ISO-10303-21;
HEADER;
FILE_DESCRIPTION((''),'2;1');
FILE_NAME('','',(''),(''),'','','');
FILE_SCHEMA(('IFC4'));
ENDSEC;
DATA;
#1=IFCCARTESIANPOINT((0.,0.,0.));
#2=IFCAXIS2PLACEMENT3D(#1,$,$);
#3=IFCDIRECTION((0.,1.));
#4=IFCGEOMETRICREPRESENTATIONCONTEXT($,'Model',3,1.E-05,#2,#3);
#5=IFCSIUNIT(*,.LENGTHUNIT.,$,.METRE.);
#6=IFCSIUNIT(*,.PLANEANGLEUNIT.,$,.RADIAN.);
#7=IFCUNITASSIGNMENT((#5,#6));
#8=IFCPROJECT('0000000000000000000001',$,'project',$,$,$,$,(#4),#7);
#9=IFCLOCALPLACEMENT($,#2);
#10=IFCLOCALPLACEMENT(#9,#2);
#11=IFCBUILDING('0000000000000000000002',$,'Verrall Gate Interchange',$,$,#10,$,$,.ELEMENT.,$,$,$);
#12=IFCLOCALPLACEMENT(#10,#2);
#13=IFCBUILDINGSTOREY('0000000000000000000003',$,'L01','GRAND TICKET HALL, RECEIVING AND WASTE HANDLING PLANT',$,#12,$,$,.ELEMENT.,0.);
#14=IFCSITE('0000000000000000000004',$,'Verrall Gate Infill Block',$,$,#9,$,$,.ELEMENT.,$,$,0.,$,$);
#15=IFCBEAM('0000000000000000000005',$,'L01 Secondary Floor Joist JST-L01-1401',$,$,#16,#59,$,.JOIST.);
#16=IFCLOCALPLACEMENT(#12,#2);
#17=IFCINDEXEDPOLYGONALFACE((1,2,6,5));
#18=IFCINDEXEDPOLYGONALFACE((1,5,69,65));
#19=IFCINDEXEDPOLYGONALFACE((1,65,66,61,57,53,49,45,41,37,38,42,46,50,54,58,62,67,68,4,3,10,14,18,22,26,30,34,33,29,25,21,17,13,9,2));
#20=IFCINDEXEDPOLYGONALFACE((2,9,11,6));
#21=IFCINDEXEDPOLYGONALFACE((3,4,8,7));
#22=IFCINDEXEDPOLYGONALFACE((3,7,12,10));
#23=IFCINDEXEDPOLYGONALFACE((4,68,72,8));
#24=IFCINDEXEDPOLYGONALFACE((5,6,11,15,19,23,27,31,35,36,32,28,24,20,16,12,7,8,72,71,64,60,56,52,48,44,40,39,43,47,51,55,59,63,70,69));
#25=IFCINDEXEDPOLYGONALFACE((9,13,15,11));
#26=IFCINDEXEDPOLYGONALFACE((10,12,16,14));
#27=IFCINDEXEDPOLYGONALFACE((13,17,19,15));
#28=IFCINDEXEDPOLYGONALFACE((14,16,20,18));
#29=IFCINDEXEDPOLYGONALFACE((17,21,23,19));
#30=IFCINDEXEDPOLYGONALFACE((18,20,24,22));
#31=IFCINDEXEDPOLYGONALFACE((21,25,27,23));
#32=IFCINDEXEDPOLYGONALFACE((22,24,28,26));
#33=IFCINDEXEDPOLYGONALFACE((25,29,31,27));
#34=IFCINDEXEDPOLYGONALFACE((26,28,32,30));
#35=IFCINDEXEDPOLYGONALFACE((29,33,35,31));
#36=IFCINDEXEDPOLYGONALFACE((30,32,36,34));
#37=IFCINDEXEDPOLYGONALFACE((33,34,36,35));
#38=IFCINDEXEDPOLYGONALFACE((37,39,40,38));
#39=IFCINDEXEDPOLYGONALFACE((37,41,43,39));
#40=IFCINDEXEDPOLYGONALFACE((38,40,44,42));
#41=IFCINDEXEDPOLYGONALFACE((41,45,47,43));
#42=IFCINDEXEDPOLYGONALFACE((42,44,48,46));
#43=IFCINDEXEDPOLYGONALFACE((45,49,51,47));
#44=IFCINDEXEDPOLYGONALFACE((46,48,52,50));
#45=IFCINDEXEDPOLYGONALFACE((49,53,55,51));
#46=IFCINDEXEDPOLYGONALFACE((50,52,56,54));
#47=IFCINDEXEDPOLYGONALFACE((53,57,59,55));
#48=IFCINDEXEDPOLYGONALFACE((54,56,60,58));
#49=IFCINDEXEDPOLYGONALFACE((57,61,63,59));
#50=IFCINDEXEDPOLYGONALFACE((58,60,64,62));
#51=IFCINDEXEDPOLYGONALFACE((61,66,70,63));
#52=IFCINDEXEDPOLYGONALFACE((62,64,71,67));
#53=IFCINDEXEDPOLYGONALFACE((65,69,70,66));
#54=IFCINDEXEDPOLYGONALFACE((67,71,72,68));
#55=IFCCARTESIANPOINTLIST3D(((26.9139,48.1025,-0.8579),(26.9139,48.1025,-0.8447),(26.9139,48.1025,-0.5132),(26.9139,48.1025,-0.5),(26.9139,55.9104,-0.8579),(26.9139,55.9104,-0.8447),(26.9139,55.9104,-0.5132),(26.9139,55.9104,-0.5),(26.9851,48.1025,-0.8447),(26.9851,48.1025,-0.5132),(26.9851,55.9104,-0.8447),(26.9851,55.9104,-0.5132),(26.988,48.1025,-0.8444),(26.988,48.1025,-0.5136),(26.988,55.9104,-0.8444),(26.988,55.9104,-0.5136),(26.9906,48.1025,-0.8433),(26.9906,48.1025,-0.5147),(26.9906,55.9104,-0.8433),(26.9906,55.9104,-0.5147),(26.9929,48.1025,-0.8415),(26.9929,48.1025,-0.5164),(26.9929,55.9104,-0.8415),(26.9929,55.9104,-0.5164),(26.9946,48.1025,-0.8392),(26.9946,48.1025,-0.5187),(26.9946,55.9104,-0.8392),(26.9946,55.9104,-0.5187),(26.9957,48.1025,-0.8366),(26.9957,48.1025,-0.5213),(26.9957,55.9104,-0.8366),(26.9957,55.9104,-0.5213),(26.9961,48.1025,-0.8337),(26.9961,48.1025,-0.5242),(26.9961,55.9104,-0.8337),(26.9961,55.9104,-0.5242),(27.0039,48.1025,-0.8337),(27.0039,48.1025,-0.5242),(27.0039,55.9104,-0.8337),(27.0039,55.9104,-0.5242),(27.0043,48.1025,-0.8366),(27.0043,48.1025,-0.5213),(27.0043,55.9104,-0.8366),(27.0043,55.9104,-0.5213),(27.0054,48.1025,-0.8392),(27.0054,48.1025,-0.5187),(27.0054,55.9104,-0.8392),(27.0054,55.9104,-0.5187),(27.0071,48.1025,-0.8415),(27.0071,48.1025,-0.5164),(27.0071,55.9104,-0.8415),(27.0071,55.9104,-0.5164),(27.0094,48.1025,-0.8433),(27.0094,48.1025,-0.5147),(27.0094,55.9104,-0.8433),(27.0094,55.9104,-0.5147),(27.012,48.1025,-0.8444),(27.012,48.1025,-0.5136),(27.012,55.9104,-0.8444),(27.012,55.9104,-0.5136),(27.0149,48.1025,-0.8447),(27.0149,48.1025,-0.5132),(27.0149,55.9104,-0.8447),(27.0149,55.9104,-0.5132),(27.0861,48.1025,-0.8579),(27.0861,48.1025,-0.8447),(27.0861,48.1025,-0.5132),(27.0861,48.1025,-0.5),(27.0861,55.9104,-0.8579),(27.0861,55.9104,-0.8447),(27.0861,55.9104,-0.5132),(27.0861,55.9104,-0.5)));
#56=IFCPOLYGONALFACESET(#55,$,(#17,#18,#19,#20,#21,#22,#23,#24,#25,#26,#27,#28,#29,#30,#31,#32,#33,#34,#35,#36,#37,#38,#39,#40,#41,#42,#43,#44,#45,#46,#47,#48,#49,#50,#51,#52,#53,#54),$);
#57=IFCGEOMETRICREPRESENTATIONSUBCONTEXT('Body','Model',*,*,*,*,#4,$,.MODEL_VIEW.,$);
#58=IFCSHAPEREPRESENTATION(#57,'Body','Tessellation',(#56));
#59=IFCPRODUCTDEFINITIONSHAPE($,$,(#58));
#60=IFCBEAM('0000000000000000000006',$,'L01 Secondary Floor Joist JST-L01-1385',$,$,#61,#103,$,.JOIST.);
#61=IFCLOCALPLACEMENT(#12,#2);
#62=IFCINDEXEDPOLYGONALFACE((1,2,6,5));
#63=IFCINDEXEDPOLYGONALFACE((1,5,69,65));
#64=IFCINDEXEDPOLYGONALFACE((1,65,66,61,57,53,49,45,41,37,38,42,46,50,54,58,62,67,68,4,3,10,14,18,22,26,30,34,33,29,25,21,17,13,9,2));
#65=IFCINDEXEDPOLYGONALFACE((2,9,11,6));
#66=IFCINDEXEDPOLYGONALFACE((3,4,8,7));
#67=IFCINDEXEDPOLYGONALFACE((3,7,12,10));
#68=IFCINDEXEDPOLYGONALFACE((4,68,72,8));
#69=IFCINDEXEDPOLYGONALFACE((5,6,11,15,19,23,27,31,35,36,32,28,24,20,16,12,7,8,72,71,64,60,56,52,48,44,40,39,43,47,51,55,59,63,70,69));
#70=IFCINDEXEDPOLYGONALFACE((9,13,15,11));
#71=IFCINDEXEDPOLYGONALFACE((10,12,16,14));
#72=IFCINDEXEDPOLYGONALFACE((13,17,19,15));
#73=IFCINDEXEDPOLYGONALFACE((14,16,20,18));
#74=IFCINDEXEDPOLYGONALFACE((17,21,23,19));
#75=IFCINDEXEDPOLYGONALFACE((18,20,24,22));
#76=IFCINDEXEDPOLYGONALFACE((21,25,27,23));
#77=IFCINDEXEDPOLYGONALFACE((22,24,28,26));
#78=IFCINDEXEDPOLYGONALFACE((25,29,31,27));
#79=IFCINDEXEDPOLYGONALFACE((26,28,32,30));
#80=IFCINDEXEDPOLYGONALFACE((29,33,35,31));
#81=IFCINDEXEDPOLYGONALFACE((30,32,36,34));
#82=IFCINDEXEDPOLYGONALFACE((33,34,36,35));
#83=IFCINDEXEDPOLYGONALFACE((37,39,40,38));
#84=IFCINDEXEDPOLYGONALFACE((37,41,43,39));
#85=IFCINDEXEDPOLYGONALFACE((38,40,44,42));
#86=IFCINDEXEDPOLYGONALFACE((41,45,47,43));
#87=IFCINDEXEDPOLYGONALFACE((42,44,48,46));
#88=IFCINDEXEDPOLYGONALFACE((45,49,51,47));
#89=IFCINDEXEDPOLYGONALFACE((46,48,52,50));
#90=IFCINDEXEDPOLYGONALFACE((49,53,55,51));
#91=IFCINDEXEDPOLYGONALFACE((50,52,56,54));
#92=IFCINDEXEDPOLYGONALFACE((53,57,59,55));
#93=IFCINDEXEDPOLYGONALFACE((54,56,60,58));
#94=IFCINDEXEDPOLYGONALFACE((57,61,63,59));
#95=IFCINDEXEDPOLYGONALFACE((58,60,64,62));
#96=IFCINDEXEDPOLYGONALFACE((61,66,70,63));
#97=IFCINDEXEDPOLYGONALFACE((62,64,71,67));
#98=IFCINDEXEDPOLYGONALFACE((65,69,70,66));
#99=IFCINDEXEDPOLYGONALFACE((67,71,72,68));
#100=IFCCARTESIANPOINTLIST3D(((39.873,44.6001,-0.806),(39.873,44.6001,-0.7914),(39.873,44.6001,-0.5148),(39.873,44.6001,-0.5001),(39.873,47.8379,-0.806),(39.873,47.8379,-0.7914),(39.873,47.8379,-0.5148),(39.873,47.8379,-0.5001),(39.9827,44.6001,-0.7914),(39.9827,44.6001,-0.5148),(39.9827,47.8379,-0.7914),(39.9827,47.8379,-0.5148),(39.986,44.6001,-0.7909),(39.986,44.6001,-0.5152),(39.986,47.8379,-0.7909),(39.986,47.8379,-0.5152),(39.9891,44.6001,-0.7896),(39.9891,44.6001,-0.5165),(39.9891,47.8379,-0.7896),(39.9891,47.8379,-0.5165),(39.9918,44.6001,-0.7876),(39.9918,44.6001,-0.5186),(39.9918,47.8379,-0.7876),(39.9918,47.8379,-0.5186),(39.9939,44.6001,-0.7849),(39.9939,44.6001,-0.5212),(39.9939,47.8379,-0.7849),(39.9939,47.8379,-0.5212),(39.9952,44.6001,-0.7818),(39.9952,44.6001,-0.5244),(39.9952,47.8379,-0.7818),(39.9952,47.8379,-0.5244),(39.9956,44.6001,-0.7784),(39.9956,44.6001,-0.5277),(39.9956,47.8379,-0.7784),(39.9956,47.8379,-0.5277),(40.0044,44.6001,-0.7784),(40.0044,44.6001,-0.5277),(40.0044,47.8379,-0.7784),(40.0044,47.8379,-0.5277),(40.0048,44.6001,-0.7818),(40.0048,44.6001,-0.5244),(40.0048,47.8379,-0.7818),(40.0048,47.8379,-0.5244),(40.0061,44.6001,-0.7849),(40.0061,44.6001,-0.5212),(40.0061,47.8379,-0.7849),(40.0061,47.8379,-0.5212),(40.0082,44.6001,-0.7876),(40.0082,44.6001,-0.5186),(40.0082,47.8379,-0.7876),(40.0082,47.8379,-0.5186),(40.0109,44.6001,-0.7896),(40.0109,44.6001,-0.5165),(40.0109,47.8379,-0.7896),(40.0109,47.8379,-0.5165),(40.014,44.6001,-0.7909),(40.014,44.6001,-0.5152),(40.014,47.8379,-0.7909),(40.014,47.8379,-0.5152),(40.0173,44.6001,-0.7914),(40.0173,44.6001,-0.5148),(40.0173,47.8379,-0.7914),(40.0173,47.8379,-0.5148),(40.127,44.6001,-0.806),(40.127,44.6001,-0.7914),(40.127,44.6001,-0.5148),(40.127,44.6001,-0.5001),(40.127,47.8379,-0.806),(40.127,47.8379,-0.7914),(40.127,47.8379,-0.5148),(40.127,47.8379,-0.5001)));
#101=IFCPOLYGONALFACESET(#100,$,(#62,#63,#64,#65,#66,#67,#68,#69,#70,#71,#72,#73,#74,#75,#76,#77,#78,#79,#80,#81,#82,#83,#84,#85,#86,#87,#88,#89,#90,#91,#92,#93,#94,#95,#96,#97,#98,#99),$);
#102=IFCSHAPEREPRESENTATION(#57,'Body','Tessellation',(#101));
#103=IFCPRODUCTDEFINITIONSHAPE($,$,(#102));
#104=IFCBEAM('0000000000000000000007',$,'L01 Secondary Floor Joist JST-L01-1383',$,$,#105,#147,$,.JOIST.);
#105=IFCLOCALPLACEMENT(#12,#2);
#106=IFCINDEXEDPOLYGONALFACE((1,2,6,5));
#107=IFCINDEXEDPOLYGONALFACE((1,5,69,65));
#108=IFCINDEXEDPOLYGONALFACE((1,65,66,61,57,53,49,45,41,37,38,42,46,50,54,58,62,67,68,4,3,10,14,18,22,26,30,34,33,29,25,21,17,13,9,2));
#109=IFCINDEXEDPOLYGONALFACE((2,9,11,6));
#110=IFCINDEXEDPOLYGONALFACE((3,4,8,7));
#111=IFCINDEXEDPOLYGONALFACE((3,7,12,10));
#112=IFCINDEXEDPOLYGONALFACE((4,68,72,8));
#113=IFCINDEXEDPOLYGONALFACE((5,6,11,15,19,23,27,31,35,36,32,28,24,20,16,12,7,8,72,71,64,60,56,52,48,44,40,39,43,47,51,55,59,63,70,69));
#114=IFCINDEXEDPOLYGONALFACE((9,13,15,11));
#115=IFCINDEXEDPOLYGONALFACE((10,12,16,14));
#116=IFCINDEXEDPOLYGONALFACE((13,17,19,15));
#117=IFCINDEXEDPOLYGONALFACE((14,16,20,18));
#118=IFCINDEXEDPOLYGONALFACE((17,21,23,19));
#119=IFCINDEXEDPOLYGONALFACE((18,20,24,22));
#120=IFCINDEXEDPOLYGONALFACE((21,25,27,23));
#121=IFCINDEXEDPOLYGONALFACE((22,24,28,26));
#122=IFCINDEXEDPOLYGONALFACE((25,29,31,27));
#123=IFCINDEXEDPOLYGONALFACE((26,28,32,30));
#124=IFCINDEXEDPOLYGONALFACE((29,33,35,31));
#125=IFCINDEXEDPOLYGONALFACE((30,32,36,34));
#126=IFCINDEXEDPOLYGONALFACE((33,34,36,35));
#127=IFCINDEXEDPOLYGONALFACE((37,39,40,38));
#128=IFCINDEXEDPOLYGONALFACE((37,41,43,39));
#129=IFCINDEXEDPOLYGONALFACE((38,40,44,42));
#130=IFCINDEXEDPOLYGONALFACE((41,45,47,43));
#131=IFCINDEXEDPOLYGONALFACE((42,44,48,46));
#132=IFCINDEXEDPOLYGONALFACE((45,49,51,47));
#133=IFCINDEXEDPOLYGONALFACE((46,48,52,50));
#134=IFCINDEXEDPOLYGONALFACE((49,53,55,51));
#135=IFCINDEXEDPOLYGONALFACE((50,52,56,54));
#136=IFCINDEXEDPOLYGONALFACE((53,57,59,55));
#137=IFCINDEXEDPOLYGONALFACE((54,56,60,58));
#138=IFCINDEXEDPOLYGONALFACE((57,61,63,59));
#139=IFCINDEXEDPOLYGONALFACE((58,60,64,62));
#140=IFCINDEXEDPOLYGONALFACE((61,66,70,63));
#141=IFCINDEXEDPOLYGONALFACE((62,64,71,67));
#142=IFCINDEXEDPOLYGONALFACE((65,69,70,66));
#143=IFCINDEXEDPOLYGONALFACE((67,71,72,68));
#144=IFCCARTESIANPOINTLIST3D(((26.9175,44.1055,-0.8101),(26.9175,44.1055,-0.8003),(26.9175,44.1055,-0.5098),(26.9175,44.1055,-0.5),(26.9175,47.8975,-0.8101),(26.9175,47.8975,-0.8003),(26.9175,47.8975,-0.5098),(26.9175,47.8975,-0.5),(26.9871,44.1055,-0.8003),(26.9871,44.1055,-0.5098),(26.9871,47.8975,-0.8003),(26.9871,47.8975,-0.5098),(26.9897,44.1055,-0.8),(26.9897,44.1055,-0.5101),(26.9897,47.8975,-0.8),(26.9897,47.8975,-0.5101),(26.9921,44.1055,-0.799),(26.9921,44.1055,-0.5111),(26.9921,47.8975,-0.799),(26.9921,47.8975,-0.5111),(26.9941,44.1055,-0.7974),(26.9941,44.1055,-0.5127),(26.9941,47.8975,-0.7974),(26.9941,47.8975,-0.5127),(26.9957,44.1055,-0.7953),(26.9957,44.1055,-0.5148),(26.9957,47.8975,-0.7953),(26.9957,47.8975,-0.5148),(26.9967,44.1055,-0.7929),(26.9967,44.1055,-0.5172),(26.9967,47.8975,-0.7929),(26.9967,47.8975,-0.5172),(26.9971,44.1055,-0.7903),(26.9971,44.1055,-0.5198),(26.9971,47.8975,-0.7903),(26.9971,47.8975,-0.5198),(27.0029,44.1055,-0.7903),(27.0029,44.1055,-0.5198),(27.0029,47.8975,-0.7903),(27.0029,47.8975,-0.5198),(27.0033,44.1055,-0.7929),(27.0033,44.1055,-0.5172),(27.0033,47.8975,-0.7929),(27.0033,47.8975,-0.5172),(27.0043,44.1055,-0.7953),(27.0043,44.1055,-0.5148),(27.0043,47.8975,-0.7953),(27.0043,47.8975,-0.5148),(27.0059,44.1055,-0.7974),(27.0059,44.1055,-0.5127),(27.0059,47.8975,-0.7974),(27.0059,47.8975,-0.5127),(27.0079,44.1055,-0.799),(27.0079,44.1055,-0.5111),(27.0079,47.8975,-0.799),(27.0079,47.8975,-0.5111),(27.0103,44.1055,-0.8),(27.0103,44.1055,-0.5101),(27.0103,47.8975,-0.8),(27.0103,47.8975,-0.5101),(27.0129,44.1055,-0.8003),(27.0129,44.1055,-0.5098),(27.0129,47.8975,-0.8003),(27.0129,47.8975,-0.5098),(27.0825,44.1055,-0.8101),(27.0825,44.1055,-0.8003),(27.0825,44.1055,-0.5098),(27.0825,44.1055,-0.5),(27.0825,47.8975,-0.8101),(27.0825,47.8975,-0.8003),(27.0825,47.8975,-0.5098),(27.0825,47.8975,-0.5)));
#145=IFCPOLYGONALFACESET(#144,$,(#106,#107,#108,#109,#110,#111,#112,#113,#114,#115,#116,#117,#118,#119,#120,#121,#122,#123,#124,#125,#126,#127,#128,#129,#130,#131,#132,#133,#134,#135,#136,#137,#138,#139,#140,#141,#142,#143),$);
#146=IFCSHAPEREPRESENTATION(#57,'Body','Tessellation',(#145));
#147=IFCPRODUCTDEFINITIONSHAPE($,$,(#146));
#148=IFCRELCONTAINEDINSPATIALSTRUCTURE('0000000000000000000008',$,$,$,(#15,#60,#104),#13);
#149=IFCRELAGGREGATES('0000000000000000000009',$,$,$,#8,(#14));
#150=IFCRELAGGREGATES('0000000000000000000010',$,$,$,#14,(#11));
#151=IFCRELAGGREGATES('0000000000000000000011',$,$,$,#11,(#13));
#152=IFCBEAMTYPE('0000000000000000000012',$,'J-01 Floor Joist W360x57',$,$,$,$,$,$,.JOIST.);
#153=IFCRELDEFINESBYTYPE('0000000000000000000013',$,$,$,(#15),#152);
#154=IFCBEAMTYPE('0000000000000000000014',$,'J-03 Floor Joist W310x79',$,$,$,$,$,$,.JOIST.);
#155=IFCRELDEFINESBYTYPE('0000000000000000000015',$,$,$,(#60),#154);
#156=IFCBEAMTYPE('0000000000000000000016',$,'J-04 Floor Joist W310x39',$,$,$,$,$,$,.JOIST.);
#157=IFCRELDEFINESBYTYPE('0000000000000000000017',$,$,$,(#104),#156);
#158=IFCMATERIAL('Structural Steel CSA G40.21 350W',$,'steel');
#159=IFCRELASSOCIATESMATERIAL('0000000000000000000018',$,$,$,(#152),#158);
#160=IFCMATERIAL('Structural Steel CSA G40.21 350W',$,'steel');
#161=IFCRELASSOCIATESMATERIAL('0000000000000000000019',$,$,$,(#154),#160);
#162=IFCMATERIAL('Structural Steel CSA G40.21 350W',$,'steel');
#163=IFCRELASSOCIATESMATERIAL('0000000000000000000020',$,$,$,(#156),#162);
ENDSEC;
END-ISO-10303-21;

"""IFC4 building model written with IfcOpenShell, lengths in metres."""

from ifc_helpers import new_model, si_unit, direction, frame, origin, origin_2d, place, context, subcontext, project, spatial, i_section, extrude, material, material_profile, profile_set, type_object, element, save


model = new_model("IFC4")

# Units and contexts
model_context = context("Model", 3, precision=1e-05, world=origin(), true_north=direction((0.0, 1.0)))
body_context = subcontext(model_context, "Body", "Model", "MODEL_VIEW")
ifc_project = project(units=[si_unit("LENGTHUNIT", "METRE"), si_unit("PLANEANGLEUNIT", "RADIAN")], contexts=[model_context])

# Site, building, storey
site_placement = place(None, origin())
site = spatial("IfcSite", under=ifc_project, at=site_placement, Name="Verrall Gate Infill Block", CompositionType="ELEMENT", RefElevation=0.0)
building_placement = place(site_placement, origin())
building = spatial("IfcBuilding", under=site, at=building_placement, Name="Verrall Gate Interchange", CompositionType="ELEMENT")
storey_placement = place(building_placement, origin())
storey = spatial("IfcBuildingStorey", under=building, at=storey_placement, Name="L01", Description="GRAND TICKET HALL, RECEIVING AND WASTE HANDLING PLANT", CompositionType="ELEMENT", Elevation=0.0)

# Beams
ifc_material_1 = material(Name="Structural Steel CSA G40.21 350W", Category="steel")
ifc_material_profile_1 = material_profile(ifc_material_1, i_section(OverallWidth=0.1721, OverallDepth=0.3579, WebThickness=0.0078, FlangeThickness=0.0132, FilletRadius=0.011, at=origin_2d()), Name="W360x57")
ifc_profile_set_1 = profile_set([ifc_material_profile_1], Name="Structural Steel CSA G40.21 350W")
beam_type_1 = type_object("IfcBeamType", Name="J-01 Floor Joist W360x57", PredefinedType="JOIST", material=ifc_profile_set_1)
beam_1_placement = place(storey_placement, frame((27.0, 48.1025, -0.679), z_axis=(0.0, 1.0, 0.0), x_axis=(-1.0, 0.0, 0.0)))
element("IfcBeam", 1, at=beam_1_placement, inside=storey, type_object=beam_type_1, Name="L01 Secondary Floor Joist JST-L01-1401", PredefinedType="JOIST", context=body_context, shape_type="SweptSolid", body=[
    extrude(i_section(OverallWidth=0.1721, OverallDepth=0.3579, WebThickness=0.0078, FlangeThickness=0.0132, FilletRadius=0.011, at=origin_2d()), origin(), (0.0, 0.0, 1.0), 7.8079),
])
ifc_material_2 = material(Name="Structural Steel CSA G40.21 350W", Category="steel")
ifc_material_profile_2 = material_profile(ifc_material_2, i_section(OverallWidth=0.2539, OverallDepth=0.3059, WebThickness=0.0088, FlangeThickness=0.0146, FilletRadius=0.0129, at=origin_2d()), Name="W310x79")
ifc_profile_set_2 = profile_set([ifc_material_profile_2], Name="Structural Steel CSA G40.21 350W")
beam_type_2 = type_object("IfcBeamType", Name="J-03 Floor Joist W310x79", PredefinedType="JOIST", material=ifc_profile_set_2)
beam_2_placement = place(storey_placement, frame((40.0, 44.6001, -0.6531), z_axis=(0.0, 1.0, 0.0), x_axis=(-1.0, 0.0, 0.0)))
element("IfcBeam", 2, at=beam_2_placement, inside=storey, type_object=beam_type_2, Name="L01 Secondary Floor Joist JST-L01-1385", PredefinedType="JOIST", context=body_context, shape_type="SweptSolid", body=[
    extrude(i_section(OverallWidth=0.2539, OverallDepth=0.3059, WebThickness=0.0088, FlangeThickness=0.0146, FilletRadius=0.0129, at=origin_2d()), origin(), (0.0, 0.0, 1.0), 3.2378),
])
ifc_material_3 = material(Name="Structural Steel CSA G40.21 350W", Category="steel")
ifc_material_profile_3 = material_profile(ifc_material_3, i_section(OverallWidth=0.165, OverallDepth=0.3101, WebThickness=0.0059, FlangeThickness=0.0098, FilletRadius=0.01, at=origin_2d()), Name="W310x39")
ifc_profile_set_3 = profile_set([ifc_material_profile_3], Name="Structural Steel CSA G40.21 350W")
beam_type_3 = type_object("IfcBeamType", Name="J-04 Floor Joist W310x39", PredefinedType="JOIST", material=ifc_profile_set_3)
beam_3_placement = place(storey_placement, frame((27.0, 44.1055, -0.655), z_axis=(0.0, 1.0, 0.0), x_axis=(-1.0, 0.0, 0.0)))
element("IfcBeam", 3, at=beam_3_placement, inside=storey, type_object=beam_type_3, Name="L01 Secondary Floor Joist JST-L01-1383", PredefinedType="JOIST", context=body_context, shape_type="SweptSolid", body=[
    extrude(i_section(OverallWidth=0.165, OverallDepth=0.3101, WebThickness=0.0059, FlangeThickness=0.0098, FilletRadius=0.01, at=origin_2d()), origin(), (0.0, 0.0, 1.0), 3.792),
])

save(model, "model.ifc")
